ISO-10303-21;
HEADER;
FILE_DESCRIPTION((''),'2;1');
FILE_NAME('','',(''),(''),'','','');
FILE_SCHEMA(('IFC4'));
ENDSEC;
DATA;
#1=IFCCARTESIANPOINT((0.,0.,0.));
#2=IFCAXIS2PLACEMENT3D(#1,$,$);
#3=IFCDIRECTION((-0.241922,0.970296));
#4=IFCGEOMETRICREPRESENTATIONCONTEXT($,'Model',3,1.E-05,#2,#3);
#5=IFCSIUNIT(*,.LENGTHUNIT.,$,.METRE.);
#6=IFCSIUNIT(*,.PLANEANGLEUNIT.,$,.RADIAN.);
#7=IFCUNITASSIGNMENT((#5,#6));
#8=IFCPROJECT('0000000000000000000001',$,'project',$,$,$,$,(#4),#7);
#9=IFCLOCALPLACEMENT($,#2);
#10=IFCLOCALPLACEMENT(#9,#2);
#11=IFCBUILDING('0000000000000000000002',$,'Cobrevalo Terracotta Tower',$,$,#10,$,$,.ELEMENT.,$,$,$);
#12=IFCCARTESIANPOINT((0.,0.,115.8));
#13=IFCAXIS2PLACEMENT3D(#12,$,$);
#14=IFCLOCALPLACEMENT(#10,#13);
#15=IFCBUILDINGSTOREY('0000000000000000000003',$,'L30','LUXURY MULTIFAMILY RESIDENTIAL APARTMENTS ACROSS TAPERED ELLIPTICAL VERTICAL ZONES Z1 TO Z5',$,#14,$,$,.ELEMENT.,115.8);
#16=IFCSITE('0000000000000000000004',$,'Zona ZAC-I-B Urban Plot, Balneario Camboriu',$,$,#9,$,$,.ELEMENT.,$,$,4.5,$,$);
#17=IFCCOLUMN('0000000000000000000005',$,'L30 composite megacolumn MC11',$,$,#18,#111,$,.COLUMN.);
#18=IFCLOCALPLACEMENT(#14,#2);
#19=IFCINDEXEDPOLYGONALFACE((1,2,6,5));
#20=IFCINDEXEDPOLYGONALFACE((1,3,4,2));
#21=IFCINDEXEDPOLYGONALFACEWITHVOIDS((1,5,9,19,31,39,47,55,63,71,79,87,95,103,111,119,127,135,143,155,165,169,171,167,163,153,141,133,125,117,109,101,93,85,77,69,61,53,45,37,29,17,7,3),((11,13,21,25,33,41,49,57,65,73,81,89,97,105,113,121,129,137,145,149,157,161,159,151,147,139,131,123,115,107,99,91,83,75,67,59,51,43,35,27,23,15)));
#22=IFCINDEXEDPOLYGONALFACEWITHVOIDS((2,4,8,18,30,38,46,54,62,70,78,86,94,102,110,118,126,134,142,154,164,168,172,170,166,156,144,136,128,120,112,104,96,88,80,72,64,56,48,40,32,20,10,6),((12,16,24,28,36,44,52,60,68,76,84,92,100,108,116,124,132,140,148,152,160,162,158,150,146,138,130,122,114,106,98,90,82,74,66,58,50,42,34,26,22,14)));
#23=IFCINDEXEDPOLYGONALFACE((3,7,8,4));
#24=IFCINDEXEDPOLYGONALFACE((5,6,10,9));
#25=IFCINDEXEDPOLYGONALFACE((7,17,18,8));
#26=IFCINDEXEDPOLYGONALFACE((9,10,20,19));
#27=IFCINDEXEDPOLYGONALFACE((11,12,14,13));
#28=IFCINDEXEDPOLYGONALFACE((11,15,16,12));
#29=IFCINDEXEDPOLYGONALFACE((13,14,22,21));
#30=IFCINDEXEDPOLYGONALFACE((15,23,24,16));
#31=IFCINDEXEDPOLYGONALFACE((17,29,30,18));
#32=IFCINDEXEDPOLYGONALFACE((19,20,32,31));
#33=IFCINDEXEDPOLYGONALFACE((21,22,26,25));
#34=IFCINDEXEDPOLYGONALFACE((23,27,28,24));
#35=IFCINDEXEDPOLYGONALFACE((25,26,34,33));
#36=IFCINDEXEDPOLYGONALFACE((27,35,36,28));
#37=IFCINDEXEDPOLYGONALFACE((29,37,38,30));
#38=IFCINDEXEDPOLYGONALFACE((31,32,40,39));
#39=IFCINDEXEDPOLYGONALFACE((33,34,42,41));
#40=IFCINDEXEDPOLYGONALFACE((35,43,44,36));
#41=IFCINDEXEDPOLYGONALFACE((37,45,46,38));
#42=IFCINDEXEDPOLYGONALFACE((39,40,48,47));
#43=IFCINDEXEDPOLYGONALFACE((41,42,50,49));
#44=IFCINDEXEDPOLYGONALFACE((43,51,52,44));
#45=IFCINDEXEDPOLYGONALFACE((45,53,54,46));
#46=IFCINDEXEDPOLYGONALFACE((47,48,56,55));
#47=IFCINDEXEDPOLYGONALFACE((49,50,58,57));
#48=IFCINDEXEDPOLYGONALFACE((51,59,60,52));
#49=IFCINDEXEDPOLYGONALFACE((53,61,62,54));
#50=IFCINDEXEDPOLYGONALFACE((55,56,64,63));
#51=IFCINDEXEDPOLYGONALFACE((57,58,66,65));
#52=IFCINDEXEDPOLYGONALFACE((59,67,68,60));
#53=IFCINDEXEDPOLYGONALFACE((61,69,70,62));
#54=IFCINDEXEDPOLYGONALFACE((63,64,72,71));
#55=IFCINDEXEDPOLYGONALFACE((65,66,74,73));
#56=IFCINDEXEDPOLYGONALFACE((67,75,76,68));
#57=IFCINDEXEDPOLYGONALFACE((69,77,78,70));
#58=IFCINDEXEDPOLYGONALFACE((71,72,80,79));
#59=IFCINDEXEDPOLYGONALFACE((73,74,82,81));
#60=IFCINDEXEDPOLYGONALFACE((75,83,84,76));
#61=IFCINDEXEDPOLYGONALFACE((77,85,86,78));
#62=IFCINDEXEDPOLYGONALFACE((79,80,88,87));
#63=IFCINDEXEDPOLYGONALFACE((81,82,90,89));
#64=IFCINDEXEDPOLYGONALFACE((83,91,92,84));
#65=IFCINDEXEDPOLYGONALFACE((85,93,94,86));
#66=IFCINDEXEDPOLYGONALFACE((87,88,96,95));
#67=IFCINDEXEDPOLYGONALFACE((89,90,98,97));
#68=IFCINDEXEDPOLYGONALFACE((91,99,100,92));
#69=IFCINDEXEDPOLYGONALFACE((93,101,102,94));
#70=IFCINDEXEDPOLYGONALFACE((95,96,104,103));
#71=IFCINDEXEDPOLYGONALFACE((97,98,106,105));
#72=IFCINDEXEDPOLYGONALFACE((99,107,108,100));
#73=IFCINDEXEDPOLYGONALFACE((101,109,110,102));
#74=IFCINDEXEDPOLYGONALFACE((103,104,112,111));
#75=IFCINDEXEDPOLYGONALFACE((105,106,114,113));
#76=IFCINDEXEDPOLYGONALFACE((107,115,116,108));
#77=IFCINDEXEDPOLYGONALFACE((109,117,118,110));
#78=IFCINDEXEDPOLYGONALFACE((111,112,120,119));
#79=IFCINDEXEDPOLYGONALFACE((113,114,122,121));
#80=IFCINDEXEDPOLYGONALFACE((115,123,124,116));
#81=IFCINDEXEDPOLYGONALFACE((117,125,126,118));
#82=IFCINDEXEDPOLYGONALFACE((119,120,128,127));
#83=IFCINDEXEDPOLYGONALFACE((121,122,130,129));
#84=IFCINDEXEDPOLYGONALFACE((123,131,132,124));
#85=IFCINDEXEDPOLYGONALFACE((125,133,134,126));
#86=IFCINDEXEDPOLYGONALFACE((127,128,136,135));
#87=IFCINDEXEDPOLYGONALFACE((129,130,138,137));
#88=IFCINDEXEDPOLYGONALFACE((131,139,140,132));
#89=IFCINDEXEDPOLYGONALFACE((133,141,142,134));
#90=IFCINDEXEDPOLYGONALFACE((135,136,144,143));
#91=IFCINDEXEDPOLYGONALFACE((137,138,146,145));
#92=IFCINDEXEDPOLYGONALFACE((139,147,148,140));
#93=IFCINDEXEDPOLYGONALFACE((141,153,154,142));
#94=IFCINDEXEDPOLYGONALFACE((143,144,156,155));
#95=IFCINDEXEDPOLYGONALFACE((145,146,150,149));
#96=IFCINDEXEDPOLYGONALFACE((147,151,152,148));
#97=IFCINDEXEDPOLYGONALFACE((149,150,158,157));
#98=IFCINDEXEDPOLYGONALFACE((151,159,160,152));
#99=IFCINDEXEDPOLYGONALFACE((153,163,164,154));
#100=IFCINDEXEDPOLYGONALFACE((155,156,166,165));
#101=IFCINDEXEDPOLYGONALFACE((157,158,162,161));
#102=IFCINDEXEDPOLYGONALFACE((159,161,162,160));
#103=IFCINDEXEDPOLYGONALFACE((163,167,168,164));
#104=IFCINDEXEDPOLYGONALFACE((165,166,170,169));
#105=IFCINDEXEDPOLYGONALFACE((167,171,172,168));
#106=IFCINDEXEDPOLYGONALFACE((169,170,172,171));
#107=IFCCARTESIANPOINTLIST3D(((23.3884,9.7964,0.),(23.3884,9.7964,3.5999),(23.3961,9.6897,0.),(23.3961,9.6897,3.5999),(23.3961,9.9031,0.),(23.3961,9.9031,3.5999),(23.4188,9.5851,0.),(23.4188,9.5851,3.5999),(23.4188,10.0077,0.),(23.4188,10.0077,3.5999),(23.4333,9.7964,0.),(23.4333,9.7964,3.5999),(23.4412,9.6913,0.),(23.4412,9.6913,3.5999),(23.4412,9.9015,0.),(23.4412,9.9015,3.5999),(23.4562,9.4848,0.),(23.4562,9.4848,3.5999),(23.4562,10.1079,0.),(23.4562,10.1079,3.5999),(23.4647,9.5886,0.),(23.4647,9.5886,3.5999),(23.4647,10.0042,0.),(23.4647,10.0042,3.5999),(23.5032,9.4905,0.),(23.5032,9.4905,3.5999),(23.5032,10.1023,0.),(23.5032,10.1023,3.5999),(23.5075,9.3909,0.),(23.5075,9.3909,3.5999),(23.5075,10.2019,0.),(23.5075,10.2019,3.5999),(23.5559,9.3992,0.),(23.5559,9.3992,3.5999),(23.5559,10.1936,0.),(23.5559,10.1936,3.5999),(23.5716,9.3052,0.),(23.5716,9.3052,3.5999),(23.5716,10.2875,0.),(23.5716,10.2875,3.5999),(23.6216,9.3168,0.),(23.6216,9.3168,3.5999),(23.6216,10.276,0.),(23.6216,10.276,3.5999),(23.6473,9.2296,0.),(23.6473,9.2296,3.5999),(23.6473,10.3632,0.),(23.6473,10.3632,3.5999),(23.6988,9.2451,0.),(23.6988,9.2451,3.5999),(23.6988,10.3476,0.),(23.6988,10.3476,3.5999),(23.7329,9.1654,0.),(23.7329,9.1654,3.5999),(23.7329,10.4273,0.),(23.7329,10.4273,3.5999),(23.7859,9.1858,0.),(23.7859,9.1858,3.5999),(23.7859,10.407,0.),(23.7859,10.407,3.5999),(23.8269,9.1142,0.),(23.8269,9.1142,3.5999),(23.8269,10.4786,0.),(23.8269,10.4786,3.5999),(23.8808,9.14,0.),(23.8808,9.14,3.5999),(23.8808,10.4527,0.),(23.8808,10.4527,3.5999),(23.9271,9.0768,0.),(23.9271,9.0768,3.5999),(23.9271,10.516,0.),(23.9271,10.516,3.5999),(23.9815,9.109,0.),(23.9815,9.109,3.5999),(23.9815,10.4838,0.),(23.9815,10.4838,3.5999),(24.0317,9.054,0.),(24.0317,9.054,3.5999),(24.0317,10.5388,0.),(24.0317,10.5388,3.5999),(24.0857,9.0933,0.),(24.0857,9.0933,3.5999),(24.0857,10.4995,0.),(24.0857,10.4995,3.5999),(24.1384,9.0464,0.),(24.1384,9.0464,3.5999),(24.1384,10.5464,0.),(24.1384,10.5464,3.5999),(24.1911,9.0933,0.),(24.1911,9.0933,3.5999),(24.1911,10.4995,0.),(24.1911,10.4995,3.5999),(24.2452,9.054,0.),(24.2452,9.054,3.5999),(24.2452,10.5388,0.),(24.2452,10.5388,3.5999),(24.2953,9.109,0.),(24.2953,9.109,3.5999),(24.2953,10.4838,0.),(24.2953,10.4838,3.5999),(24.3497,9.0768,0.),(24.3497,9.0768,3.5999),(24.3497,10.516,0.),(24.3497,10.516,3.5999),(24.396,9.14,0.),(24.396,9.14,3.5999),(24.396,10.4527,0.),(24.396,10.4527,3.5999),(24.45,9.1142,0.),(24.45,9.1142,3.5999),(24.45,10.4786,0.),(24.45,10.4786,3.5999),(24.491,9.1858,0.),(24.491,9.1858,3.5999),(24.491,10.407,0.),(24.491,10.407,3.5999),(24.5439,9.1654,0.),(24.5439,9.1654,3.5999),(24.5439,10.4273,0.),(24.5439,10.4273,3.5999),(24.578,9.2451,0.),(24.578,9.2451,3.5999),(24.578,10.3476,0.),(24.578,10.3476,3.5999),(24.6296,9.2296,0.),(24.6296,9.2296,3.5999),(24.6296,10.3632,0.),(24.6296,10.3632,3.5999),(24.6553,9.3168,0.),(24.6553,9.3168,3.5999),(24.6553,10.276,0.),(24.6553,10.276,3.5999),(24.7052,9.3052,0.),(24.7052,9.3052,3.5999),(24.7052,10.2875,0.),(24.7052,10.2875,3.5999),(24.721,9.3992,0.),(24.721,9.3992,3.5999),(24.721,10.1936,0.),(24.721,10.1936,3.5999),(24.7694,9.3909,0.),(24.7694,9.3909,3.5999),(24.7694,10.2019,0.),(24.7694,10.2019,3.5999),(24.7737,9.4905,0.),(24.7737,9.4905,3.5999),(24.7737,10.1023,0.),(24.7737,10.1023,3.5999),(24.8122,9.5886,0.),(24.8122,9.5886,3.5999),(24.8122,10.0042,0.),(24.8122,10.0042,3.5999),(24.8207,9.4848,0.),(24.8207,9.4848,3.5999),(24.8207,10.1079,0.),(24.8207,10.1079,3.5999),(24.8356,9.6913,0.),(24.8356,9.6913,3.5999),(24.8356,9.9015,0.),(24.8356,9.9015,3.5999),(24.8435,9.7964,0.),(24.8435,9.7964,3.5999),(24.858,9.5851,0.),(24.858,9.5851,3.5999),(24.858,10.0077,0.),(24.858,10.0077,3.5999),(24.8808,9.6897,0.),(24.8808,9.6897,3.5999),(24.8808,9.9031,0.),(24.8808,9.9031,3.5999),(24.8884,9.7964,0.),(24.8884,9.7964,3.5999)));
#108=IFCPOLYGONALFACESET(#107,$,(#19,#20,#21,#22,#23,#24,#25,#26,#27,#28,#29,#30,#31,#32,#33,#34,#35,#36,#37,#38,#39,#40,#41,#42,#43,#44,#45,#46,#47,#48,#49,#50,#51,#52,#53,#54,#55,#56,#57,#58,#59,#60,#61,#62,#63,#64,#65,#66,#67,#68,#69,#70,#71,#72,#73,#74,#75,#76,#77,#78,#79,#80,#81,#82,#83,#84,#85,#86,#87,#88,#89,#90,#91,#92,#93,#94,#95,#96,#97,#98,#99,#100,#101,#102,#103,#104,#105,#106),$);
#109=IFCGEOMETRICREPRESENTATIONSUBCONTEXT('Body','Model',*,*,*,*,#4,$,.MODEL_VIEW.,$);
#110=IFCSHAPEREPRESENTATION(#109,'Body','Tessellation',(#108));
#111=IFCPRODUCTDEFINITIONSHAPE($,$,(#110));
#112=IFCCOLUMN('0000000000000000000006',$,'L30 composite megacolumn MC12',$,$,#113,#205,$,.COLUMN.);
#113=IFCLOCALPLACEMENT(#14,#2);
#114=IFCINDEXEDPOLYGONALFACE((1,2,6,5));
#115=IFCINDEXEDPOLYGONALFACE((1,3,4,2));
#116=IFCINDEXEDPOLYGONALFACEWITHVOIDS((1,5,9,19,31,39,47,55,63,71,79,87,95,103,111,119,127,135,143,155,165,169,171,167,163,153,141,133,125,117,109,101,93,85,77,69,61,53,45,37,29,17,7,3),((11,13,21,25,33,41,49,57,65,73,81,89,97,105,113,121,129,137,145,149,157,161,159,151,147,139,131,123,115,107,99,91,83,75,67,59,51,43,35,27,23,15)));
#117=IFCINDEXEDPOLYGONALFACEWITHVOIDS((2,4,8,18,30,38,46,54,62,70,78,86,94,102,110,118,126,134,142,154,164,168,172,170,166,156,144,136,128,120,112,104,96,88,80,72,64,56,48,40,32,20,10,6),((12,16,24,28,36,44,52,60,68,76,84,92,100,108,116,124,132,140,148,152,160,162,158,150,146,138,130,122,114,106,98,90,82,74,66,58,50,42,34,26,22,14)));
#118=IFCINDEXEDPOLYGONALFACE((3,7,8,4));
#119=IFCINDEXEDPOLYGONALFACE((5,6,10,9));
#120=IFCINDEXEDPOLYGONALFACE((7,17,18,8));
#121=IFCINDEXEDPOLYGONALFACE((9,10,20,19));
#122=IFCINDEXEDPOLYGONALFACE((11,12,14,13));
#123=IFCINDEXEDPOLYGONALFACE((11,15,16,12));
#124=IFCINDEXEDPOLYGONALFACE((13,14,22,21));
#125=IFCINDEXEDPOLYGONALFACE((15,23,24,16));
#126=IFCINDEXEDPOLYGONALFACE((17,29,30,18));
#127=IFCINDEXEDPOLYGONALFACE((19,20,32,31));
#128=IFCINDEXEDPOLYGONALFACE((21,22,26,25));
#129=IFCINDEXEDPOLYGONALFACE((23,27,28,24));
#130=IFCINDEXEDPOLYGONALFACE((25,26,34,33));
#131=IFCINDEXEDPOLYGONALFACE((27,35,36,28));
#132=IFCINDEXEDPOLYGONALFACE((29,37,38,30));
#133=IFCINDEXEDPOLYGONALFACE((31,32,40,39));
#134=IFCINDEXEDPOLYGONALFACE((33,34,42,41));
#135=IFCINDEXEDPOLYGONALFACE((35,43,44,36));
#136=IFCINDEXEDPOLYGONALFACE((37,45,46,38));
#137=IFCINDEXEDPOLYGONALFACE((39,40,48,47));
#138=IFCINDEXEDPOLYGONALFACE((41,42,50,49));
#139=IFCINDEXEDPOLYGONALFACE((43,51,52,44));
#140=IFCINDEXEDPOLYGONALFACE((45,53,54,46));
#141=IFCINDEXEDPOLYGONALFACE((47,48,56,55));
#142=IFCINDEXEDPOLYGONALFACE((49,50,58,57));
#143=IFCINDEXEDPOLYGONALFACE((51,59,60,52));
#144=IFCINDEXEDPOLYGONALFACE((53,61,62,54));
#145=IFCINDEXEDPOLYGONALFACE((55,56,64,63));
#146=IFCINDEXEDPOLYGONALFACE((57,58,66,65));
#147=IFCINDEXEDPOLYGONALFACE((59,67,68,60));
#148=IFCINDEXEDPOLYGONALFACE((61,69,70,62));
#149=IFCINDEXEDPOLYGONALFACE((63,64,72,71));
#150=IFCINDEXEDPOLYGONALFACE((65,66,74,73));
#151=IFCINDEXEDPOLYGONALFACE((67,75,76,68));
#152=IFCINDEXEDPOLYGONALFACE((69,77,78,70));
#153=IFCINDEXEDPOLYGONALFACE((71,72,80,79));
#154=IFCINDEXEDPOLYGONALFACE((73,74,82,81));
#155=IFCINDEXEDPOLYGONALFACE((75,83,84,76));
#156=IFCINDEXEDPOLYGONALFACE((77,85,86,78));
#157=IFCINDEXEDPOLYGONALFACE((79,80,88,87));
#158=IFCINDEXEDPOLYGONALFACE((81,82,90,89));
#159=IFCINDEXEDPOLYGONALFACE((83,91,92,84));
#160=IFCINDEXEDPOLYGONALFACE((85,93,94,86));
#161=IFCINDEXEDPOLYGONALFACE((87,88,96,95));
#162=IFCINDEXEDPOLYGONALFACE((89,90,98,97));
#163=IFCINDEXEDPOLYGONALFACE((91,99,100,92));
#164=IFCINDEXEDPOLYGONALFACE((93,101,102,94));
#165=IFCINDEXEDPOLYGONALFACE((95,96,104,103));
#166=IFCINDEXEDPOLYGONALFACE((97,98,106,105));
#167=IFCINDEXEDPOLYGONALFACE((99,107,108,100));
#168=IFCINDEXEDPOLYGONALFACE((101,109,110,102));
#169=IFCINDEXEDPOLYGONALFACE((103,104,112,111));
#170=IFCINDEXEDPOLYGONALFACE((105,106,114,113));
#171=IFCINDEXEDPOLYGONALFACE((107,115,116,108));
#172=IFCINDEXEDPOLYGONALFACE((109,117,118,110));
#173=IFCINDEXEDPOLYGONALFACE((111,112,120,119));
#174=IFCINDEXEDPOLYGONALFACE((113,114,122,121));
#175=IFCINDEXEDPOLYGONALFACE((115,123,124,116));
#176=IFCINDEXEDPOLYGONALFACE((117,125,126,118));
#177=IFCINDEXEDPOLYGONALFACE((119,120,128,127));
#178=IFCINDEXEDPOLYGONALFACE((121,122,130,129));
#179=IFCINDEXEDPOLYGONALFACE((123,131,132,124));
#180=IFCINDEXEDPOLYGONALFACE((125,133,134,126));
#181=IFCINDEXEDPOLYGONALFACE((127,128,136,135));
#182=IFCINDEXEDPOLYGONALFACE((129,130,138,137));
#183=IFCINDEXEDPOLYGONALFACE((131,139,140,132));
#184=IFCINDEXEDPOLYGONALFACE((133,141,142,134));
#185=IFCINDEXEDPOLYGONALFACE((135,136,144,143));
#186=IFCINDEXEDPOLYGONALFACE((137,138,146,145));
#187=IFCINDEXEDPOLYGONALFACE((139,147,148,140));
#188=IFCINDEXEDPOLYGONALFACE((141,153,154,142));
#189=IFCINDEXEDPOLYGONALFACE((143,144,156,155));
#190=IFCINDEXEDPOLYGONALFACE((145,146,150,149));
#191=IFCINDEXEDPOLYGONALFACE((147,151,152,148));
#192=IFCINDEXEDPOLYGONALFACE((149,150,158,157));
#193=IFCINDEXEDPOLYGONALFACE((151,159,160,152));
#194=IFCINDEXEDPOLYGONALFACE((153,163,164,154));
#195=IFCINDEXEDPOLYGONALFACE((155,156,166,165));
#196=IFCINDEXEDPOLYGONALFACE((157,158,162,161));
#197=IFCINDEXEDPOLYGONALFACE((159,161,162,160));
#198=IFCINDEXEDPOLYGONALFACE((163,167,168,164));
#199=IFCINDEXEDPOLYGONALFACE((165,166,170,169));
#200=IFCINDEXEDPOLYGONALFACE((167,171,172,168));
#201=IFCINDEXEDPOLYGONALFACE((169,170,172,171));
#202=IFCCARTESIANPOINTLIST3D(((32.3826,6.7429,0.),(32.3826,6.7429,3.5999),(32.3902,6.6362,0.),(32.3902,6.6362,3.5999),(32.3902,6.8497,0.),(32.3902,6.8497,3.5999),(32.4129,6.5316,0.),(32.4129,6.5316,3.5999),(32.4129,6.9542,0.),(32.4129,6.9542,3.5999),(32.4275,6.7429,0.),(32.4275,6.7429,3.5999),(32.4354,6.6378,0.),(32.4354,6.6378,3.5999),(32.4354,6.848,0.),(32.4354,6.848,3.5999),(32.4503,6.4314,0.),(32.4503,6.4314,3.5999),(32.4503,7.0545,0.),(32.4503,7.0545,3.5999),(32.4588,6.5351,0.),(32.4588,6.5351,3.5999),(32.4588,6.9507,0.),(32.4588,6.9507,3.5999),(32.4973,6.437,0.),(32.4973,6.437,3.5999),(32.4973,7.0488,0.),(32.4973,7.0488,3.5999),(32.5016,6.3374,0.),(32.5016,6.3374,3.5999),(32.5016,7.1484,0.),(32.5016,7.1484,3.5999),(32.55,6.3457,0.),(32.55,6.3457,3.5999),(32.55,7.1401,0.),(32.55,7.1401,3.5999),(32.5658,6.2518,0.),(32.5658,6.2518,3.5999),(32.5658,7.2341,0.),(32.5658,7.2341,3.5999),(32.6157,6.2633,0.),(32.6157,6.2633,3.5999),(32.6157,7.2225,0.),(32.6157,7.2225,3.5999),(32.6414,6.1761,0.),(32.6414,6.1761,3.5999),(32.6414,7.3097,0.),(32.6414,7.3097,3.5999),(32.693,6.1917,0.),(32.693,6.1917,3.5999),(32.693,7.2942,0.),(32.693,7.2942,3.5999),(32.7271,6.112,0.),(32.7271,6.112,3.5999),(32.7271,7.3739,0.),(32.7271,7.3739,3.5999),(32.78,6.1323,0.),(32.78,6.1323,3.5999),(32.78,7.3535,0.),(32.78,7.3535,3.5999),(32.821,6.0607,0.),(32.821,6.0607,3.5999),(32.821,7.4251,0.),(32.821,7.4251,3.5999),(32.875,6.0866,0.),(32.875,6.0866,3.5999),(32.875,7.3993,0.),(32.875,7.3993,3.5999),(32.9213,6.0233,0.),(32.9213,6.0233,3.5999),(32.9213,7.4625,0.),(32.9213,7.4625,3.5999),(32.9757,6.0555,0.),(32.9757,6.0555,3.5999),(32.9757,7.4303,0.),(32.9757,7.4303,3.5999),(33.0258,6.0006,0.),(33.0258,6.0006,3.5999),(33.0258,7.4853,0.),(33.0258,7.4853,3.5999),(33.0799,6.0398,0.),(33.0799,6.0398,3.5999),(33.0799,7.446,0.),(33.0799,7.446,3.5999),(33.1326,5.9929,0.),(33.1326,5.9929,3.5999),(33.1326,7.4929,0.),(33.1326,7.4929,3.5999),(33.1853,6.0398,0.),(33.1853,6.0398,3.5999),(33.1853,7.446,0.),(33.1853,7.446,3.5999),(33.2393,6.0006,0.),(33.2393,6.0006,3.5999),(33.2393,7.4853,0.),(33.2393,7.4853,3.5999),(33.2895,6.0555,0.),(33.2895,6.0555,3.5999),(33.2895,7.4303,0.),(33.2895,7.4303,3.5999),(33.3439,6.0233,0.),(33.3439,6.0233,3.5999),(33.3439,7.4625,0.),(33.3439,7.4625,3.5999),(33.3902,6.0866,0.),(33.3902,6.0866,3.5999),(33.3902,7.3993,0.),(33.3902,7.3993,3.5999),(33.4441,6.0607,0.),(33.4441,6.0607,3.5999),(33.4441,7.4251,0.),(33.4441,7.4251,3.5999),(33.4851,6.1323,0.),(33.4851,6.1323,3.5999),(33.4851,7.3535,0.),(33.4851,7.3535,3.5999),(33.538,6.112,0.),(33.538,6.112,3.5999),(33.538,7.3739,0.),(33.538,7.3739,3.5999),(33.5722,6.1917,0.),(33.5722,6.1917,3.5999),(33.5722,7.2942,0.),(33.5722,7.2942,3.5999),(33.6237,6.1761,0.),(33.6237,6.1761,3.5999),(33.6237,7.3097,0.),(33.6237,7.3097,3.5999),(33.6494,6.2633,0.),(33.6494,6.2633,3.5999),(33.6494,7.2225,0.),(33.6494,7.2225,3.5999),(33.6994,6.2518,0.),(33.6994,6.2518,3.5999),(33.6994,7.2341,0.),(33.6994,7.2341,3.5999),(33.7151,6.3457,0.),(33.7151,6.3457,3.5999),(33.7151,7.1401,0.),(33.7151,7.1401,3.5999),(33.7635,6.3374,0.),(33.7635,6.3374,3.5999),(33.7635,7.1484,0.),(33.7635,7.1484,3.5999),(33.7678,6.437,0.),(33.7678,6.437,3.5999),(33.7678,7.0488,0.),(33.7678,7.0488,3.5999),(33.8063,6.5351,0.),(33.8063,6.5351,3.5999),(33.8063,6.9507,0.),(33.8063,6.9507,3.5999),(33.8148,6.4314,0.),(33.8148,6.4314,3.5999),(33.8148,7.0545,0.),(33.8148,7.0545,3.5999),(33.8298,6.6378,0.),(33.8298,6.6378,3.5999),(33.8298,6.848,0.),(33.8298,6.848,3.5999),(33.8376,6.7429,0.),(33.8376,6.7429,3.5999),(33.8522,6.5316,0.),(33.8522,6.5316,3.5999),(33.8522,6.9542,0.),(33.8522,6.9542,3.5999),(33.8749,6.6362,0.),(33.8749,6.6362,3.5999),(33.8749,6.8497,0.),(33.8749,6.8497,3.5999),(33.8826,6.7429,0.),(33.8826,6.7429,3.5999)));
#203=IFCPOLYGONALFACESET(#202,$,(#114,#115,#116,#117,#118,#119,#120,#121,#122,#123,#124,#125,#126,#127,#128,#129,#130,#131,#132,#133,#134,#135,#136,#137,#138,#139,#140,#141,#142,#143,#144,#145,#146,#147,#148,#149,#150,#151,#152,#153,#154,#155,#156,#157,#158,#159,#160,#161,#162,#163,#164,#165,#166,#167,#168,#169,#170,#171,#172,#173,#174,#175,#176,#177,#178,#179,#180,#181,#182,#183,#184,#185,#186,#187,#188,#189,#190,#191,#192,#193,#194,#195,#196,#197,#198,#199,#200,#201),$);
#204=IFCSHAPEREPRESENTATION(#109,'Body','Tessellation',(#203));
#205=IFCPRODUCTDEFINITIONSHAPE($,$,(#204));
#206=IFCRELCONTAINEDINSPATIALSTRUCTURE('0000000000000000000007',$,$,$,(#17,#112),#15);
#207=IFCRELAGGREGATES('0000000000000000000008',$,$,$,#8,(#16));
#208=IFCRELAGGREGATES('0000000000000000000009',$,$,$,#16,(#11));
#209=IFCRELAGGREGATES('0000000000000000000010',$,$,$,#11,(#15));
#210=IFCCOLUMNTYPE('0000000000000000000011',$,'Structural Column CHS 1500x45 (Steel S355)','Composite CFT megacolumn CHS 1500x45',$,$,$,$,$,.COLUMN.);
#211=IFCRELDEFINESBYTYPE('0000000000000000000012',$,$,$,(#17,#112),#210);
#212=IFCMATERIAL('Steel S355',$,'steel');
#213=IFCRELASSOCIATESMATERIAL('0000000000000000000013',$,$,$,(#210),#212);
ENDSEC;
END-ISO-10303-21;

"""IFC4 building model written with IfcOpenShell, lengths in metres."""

from ifc_helpers import new_model, si_unit, direction, frame, origin, origin_2d, place, context, subcontext, project, spatial, hollow_circle, extrude, material, material_profile, profile_set, type_object, element, save


model = new_model("IFC4")

# Units and contexts
model_context = context("Model", 3, precision=1e-05, world=origin(), true_north=direction((-0.241922, 0.970296)))
body_context = subcontext(model_context, "Body", "Model", "MODEL_VIEW")
ifc_project = project(units=[si_unit("LENGTHUNIT", "METRE"), si_unit("PLANEANGLEUNIT", "RADIAN")], contexts=[model_context])

# Site, building, storey
site_placement = place(None, origin())
site = spatial("IfcSite", under=ifc_project, at=site_placement, Name="Zona ZAC-I-B Urban Plot, Balneario Camboriu", CompositionType="ELEMENT", RefElevation=4.5)
building_placement = place(site_placement, origin())
building = spatial("IfcBuilding", under=site, at=building_placement, Name="Cobrevalo Terracotta Tower", CompositionType="ELEMENT")
storey_placement = place(building_placement, frame((0.0, 0.0, 115.8)))
storey = spatial("IfcBuildingStorey", under=building, at=storey_placement, Name="L30", Description="LUXURY MULTIFAMILY RESIDENTIAL APARTMENTS ACROSS TAPERED ELLIPTICAL VERTICAL ZONES Z1 TO Z5", CompositionType="ELEMENT", Elevation=115.8)

# Columns
ifc_material_1 = material(Name="Steel S355", Category="steel")
ifc_material_profile_1 = material_profile(ifc_material_1, hollow_circle(Radius=0.75, WallThickness=0.0449, at=origin_2d()), Name="CHS 1500x45")
ifc_profile_set_1 = profile_set([ifc_material_profile_1], Name="Steel S355")
column_type = type_object("IfcColumnType", Name="Structural Column CHS 1500x45 (Steel S355)", Description="Composite CFT megacolumn CHS 1500x45", PredefinedType="COLUMN", material=ifc_profile_set_1)
for number, where, z_axis, x_axis, name in (
    (1, (24.1384, 9.7964, 0.0), (0.0, 0.0, 1.0), (1.0, 0.0, 0.0), "L30 composite megacolumn MC11"),
    (2, (33.1326, 6.7429, 0.0), (0.0, 0.0, 1.0), (1.0, 0.0, 0.0), "L30 composite megacolumn MC12"),
):
    element("IfcColumn", number, at=place(storey_placement, frame(where, z_axis=z_axis, x_axis=x_axis)), inside=storey, type_object=column_type, Name=name, PredefinedType="COLUMN", context=body_context, shape_type="SweptSolid", body=[
        extrude(hollow_circle(Radius=0.75, WallThickness=0.0449, at=origin_2d()), origin(), (0.0, 0.0, 1.0), 3.5999),
    ])

save(model, "model.ifc")
